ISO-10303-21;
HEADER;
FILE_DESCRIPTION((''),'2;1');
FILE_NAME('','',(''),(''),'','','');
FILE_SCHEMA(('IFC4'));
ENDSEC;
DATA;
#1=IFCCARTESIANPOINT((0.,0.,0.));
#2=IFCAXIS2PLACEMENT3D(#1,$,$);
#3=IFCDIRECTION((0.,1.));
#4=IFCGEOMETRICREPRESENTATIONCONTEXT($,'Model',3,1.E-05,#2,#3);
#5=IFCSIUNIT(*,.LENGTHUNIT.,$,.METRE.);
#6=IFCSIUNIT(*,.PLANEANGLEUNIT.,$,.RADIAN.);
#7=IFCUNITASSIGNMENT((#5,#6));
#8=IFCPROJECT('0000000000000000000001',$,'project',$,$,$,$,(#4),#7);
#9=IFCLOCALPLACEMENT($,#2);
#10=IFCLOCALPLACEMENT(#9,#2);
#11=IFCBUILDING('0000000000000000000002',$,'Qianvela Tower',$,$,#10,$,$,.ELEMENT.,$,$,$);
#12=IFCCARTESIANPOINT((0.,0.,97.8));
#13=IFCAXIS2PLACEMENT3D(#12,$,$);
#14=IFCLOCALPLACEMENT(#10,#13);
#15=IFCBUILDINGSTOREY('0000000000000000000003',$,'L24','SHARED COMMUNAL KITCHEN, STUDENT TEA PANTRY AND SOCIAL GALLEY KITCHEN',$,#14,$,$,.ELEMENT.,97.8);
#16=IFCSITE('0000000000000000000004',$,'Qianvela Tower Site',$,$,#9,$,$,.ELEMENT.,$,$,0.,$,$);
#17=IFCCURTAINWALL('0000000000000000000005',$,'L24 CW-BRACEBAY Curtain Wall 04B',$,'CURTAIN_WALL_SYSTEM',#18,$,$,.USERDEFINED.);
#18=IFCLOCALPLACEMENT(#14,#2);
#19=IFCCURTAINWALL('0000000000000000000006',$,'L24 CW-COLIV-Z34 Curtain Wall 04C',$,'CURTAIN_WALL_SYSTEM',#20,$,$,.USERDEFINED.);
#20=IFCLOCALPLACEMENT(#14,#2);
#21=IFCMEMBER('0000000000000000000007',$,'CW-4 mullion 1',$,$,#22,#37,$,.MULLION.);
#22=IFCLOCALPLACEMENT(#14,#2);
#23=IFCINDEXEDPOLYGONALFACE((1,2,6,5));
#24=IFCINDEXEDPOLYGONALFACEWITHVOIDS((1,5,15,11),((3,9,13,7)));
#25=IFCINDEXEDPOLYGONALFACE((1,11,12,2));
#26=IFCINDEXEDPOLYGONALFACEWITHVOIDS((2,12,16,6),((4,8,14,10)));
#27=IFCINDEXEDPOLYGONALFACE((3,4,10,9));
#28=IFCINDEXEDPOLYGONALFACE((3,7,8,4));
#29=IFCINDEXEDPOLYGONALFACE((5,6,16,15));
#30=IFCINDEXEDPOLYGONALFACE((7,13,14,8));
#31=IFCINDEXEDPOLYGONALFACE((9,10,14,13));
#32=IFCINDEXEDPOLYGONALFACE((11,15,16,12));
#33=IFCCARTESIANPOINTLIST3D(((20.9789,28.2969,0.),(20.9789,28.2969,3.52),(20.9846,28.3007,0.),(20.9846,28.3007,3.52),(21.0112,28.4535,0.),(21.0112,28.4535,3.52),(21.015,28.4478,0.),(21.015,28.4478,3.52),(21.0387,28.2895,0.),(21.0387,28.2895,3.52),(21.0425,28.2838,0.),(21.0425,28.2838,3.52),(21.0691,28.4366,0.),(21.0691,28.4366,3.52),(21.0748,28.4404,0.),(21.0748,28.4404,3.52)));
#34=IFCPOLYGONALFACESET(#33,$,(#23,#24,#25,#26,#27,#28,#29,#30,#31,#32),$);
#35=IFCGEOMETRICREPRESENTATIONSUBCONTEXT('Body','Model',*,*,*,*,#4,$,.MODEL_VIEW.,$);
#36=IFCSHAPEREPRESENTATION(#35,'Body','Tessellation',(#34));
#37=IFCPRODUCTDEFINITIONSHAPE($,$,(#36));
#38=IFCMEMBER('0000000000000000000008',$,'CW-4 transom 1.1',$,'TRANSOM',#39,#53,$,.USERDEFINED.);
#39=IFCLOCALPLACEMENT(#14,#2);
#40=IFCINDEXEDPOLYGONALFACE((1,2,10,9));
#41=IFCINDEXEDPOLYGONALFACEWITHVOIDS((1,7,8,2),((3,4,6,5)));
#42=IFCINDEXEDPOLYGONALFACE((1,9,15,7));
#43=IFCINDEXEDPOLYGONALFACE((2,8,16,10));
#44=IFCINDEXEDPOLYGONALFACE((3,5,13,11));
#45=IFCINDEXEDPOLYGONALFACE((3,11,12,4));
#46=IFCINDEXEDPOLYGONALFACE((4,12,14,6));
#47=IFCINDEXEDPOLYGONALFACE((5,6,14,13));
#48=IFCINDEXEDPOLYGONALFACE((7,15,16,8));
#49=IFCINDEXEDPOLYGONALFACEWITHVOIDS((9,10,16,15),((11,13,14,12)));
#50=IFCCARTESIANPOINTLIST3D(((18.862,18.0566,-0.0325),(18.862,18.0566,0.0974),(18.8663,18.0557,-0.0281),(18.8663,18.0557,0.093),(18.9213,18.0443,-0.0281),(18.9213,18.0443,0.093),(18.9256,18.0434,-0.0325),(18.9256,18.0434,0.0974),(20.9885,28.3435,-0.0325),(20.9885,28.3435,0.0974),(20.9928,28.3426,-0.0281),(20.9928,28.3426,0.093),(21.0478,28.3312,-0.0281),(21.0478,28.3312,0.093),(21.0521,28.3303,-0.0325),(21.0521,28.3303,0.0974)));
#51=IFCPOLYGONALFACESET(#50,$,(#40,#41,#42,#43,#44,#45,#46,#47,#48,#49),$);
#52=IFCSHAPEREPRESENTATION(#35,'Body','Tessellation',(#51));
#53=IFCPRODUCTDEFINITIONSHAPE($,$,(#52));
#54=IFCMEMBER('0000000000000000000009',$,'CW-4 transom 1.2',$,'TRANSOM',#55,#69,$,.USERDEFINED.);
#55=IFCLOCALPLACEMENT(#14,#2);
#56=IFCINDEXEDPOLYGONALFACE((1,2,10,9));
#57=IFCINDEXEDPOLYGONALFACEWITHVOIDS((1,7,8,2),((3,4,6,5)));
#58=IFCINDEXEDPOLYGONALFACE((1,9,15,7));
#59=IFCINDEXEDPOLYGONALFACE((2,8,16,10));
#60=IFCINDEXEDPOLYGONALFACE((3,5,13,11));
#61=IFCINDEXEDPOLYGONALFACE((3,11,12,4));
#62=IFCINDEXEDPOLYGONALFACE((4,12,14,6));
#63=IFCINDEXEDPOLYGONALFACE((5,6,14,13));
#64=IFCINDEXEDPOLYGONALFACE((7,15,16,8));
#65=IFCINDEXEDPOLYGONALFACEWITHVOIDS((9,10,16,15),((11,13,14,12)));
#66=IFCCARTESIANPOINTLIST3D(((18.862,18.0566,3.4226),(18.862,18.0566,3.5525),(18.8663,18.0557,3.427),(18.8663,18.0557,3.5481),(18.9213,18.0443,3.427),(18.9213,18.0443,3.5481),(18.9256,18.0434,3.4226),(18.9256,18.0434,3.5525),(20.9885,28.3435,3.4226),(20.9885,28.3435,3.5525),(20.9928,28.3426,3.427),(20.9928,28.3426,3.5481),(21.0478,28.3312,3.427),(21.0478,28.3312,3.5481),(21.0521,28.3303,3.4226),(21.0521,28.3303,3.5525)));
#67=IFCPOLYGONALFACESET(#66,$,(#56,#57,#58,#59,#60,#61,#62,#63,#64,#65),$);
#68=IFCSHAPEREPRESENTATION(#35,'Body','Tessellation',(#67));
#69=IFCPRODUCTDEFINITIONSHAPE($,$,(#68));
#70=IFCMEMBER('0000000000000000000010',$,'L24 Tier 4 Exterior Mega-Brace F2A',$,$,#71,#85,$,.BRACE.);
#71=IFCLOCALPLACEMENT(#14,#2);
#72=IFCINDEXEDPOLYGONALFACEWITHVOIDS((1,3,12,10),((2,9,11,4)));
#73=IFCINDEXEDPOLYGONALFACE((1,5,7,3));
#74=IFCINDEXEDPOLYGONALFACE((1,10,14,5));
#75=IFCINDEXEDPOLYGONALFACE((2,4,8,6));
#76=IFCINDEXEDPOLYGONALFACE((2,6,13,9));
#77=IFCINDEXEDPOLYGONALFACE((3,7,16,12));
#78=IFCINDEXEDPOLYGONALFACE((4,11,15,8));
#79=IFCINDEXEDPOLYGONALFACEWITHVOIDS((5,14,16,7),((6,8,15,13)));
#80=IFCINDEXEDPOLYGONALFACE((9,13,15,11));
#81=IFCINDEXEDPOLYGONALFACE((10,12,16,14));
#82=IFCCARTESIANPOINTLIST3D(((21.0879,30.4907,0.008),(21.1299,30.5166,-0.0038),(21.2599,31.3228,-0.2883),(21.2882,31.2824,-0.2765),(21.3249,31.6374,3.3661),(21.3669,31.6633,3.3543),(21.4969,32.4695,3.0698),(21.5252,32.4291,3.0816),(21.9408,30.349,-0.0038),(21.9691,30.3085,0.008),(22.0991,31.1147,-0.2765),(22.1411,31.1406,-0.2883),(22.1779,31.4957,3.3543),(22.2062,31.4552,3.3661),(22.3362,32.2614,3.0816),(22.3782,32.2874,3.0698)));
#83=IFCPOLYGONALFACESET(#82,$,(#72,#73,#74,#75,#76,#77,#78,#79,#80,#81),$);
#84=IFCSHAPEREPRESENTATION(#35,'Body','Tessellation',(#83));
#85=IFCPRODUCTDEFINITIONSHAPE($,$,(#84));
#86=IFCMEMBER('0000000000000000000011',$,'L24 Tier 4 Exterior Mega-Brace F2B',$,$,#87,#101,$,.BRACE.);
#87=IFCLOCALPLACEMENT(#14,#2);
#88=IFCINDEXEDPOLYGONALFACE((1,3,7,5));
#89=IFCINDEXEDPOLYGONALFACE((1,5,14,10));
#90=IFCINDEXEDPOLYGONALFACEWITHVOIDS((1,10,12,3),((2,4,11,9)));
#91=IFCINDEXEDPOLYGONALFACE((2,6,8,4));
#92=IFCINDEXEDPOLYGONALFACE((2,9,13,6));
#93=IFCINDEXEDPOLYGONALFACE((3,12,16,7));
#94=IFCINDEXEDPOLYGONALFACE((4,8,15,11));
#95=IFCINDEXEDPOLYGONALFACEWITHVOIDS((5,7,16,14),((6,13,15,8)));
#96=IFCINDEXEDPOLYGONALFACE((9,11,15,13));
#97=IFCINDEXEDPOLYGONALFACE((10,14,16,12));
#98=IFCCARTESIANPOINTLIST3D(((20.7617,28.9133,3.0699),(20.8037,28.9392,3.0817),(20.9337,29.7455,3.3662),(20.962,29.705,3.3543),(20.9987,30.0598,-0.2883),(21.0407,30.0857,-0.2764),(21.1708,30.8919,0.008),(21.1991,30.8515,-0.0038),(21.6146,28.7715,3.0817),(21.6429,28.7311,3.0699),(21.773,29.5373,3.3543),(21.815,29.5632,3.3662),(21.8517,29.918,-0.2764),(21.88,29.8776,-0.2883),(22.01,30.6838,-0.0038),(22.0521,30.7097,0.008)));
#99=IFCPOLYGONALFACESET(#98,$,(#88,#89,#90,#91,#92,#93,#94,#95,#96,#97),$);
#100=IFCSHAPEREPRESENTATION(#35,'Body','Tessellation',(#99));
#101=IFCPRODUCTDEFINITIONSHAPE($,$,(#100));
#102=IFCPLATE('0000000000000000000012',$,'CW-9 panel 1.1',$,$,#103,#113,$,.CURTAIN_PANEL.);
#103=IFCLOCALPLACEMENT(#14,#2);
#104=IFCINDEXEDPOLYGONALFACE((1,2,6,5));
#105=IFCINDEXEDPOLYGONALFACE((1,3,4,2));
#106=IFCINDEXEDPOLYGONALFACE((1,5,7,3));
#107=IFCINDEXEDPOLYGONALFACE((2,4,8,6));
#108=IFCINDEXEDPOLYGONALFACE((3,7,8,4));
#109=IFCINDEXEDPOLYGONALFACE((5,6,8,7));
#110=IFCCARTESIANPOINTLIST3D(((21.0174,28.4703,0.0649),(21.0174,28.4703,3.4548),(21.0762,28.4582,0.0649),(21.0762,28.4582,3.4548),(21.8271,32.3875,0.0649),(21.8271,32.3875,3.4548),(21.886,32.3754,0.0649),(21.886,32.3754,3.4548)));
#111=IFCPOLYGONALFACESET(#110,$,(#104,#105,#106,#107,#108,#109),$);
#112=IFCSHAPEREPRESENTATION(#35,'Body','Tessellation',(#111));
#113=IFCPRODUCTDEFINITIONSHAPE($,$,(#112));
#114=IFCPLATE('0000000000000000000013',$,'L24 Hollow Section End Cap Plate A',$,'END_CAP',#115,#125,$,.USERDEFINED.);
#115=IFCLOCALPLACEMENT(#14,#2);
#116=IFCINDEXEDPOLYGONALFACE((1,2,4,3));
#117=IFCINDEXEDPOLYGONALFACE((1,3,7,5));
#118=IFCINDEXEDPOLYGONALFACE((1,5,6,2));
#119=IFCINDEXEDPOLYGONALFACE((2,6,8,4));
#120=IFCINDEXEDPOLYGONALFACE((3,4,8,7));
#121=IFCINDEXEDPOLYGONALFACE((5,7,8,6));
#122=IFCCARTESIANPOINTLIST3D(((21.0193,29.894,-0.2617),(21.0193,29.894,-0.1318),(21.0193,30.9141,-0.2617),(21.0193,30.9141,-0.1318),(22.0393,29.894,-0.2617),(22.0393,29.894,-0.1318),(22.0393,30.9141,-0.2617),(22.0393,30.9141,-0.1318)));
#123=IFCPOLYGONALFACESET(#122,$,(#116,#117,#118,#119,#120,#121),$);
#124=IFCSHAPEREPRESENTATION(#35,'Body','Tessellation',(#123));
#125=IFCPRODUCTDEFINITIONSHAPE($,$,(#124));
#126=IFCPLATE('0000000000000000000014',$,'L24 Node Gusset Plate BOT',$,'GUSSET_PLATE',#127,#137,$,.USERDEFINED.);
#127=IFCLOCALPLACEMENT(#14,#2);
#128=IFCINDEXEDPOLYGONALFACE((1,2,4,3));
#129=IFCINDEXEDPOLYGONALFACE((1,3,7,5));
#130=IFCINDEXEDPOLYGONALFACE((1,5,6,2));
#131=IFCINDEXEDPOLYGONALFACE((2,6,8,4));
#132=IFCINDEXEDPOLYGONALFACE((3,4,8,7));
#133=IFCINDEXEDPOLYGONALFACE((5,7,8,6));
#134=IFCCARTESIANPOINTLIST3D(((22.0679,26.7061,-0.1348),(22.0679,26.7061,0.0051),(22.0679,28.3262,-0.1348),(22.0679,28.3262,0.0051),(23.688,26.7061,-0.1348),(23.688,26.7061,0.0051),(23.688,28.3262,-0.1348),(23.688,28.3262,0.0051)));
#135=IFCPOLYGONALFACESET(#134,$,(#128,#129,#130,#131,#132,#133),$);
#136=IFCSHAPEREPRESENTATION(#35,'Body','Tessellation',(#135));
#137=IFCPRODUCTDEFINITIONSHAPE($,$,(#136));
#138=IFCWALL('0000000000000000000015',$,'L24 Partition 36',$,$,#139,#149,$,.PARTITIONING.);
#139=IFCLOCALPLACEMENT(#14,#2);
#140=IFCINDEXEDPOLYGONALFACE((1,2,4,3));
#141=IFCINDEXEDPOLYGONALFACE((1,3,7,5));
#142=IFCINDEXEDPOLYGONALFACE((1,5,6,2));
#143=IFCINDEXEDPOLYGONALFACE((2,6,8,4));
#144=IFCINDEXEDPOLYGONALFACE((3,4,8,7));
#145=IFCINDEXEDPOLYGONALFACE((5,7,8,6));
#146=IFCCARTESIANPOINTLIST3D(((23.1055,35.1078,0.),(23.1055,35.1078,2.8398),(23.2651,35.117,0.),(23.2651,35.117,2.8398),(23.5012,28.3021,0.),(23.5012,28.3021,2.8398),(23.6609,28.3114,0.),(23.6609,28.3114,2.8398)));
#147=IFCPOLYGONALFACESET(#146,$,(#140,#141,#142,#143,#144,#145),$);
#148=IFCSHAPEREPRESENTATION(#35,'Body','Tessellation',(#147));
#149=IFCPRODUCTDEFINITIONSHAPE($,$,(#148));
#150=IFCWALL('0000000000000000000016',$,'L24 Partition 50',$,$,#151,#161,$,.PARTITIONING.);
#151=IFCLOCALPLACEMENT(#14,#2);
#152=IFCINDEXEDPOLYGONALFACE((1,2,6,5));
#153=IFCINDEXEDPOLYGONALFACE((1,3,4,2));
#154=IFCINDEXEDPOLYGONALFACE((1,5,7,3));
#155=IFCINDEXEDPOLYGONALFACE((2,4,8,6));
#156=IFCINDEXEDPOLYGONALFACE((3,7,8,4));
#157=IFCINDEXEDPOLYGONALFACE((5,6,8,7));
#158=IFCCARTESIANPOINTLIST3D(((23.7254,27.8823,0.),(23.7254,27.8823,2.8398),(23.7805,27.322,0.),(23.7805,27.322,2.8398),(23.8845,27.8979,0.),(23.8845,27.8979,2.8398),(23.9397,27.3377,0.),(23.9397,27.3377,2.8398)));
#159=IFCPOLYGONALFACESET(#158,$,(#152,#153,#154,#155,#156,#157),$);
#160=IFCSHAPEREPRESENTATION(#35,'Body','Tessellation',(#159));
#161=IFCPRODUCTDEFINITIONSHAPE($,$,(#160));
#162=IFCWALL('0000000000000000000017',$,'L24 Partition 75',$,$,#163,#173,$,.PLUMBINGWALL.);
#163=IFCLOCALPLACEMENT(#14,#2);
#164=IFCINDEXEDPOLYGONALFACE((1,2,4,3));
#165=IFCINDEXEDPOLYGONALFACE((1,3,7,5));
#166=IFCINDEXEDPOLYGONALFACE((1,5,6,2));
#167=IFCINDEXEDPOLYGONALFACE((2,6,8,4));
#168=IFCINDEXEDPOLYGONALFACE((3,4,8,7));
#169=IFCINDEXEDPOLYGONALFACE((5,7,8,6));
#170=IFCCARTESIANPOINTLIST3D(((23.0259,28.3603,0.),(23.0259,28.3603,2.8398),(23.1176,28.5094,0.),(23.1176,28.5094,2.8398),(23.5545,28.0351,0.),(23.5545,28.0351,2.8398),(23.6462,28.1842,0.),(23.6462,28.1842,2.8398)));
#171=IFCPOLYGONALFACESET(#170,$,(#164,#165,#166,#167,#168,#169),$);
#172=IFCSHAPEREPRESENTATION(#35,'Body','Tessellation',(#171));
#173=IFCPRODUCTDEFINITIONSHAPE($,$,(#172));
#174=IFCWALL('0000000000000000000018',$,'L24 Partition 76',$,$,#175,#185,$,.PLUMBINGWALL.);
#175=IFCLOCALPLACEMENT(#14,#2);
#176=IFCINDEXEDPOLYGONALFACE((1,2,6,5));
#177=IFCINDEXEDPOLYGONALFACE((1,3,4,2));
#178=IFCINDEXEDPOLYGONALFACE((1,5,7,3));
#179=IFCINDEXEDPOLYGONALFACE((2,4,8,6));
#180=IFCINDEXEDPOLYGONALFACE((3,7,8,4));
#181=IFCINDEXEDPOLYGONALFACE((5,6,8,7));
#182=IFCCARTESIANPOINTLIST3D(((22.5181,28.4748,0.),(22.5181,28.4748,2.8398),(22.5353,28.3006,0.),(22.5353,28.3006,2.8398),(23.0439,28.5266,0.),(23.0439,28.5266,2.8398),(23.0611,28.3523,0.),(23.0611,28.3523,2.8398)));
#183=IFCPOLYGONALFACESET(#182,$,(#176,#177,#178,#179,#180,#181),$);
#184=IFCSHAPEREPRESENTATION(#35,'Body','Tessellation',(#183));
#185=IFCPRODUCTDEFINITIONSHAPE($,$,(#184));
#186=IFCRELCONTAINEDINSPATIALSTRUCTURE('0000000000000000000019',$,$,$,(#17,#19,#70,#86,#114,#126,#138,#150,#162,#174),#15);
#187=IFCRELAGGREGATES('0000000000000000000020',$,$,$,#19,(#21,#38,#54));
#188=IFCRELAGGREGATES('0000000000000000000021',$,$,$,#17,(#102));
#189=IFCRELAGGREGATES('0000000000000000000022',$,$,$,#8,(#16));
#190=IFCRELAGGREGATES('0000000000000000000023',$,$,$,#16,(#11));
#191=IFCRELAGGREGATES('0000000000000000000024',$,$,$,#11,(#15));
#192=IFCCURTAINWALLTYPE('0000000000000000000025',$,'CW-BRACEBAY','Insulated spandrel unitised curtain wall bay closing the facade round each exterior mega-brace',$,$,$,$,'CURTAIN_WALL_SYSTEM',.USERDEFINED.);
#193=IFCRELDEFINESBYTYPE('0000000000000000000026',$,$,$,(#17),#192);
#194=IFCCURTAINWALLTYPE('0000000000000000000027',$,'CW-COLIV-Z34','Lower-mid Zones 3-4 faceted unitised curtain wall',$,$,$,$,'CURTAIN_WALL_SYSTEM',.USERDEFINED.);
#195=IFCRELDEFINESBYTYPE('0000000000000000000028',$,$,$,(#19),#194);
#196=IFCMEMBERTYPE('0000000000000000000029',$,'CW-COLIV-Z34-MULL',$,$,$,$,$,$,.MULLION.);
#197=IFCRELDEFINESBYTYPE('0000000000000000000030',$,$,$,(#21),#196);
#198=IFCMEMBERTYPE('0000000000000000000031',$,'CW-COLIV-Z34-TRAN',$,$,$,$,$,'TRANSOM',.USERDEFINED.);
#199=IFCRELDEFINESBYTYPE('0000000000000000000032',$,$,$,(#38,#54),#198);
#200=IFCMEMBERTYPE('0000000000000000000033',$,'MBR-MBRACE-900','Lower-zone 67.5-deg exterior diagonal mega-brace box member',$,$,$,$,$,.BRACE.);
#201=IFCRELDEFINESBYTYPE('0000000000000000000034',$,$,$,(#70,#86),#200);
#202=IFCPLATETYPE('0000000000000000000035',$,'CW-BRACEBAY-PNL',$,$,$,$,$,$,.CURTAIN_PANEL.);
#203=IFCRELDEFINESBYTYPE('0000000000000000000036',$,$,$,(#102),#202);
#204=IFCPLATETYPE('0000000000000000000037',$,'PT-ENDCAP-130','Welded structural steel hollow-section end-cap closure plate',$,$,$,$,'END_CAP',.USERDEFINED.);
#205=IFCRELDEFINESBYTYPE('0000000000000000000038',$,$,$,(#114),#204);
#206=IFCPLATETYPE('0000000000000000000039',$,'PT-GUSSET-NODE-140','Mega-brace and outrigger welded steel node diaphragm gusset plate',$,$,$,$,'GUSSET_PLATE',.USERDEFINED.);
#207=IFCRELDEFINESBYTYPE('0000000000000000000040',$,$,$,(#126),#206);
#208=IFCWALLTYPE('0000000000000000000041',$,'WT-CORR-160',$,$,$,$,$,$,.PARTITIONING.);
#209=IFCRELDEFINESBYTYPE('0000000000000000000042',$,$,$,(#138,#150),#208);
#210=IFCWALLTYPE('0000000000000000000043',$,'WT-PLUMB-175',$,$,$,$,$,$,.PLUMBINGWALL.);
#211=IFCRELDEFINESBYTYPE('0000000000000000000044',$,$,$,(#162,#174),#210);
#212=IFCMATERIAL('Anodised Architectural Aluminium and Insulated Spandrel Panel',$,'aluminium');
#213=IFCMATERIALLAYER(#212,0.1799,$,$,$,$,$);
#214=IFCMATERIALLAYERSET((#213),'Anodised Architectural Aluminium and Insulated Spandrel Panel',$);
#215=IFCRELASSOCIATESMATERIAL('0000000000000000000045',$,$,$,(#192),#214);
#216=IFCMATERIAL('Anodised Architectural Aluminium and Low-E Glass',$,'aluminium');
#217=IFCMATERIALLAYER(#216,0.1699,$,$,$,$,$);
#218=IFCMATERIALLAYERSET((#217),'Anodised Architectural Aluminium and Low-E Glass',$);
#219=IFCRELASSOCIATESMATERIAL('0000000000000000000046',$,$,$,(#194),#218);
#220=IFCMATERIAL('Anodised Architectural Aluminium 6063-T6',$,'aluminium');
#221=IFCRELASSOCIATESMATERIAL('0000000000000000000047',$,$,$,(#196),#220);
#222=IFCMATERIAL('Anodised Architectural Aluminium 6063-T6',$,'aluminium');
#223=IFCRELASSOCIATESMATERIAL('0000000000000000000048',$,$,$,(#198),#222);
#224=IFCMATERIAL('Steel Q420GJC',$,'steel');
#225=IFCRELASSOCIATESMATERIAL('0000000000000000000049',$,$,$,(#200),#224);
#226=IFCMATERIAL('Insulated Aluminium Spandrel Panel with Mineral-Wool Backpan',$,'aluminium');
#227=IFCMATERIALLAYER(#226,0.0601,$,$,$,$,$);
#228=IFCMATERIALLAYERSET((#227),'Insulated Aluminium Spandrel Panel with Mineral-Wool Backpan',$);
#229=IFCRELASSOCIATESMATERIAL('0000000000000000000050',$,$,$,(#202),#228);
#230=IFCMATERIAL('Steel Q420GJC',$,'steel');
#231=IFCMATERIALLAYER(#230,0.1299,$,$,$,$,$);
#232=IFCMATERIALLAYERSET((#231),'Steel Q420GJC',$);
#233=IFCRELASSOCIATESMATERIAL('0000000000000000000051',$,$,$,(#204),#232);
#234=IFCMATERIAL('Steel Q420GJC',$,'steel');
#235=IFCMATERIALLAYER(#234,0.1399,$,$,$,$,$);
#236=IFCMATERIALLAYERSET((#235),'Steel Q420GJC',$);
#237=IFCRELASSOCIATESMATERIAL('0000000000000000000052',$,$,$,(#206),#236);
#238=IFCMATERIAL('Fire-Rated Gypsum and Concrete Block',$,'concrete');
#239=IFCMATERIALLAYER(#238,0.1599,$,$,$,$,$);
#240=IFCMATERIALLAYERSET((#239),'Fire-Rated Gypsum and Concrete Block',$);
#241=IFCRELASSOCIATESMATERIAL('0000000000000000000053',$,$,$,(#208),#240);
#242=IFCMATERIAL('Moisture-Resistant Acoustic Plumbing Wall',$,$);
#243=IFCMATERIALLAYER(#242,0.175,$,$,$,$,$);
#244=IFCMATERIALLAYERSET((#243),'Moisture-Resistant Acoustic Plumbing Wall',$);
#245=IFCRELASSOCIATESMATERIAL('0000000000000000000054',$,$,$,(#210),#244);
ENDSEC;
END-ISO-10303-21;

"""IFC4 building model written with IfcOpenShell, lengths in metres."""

from ifc_helpers import new_model, si_unit, direction, frame, frame_2d, origin, origin_2d, place, context, subcontext, project, spatial, rectangle, hollow_rectangle, extrude, material, layer, layer_set, material_profile, profile_set, type_object, element, aggregate, save


model = new_model("IFC4")

# Units and contexts
model_context = context("Model", 3, precision=1e-05, world=origin(), true_north=direction((0.0, 1.0)))
body_context = subcontext(model_context, "Body", "Model", "MODEL_VIEW")
ifc_project = project(units=[si_unit("LENGTHUNIT", "METRE"), si_unit("PLANEANGLEUNIT", "RADIAN")], contexts=[model_context])

# Site, building, storey
site_placement = place(None, origin())
site = spatial("IfcSite", under=ifc_project, at=site_placement, Name="Qianvela Tower Site", CompositionType="ELEMENT", RefElevation=0.0)
building_placement = place(site_placement, origin())
building = spatial("IfcBuilding", under=site, at=building_placement, Name="Qianvela Tower", CompositionType="ELEMENT")
storey_placement = place(building_placement, frame((0.0, 0.0, 97.8)))
storey = spatial("IfcBuildingStorey", under=building, at=storey_placement, Name="L24", Description="SHARED COMMUNAL KITCHEN, STUDENT TEA PANTRY AND SOCIAL GALLEY KITCHEN", CompositionType="ELEMENT", Elevation=97.8)

# Curtain walls, members
ifc_material_1 = material(Name="Anodised Architectural Aluminium and Insulated Spandrel Panel", Category="aluminium")
ifc_layer_1 = layer(ifc_material_1, 0.1799)
ifc_layer_set_1 = layer_set([ifc_layer_1], Name="Anodised Architectural Aluminium and Insulated Spandrel Panel")
curtain_wall_type_1 = type_object("IfcCurtainWallType", Name="CW-BRACEBAY", Description="Insulated spandrel unitised curtain wall bay closing the facade round each exterior mega-brace", ElementType="CURTAIN_WALL_SYSTEM", PredefinedType="USERDEFINED", material=ifc_layer_set_1)
curtain_wall_1_placement = place(storey_placement, origin())
curtain_wall_1 = element("IfcCurtainWall", 1, at=curtain_wall_1_placement, inside=storey, type_object=curtain_wall_type_1, Name="L24 CW-BRACEBAY Curtain Wall 04B", ObjectType="CURTAIN_WALL_SYSTEM", PredefinedType="USERDEFINED")
ifc_material_2 = material(Name="Anodised Architectural Aluminium and Low-E Glass", Category="aluminium")
ifc_layer_2 = layer(ifc_material_2, 0.1699)
ifc_layer_set_2 = layer_set([ifc_layer_2], Name="Anodised Architectural Aluminium and Low-E Glass")
curtain_wall_type_2 = type_object("IfcCurtainWallType", Name="CW-COLIV-Z34", Description="Lower-mid Zones 3-4 faceted unitised curtain wall", ElementType="CURTAIN_WALL_SYSTEM", PredefinedType="USERDEFINED", material=ifc_layer_set_2)
curtain_wall_2_placement = place(storey_placement, origin())
curtain_wall_2 = element("IfcCurtainWall", 2, at=curtain_wall_2_placement, inside=storey, type_object=curtain_wall_type_2, Name="L24 CW-COLIV-Z34 Curtain Wall 04C", ObjectType="CURTAIN_WALL_SYSTEM", PredefinedType="USERDEFINED")
ifc_material_3 = material(Name="Anodised Architectural Aluminium 6063-T6", Category="aluminium")
ifc_material_profile_1 = material_profile(ifc_material_3, hollow_rectangle(XDim=0.0649, YDim=0.1599, WallThickness=0.0049, at=origin_2d()), Name="ALU-MULL-65x160")
ifc_profile_set_1 = profile_set([ifc_material_profile_1], Name="Anodised Architectural Aluminium 6063-T6")
member_type_1 = type_object("IfcMemberType", Name="CW-COLIV-Z34-MULL", PredefinedType="MULLION", material=ifc_profile_set_1)
member_1_placement = place(storey_placement, frame((21.0269, 28.3687, 0.0), z_axis=(0.0, 0.0, 1.0), x_axis=(0.979293, -0.202447, 0.0)))
member_1 = element("IfcMember", 3, at=member_1_placement, type_object=member_type_1, Name="CW-4 mullion 1", PredefinedType="MULLION", context=body_context, shape_type="SweptSolid", body=[
    extrude(hollow_rectangle(XDim=0.0649, YDim=0.1599, WallThickness=0.0049, at=origin_2d()), origin(), (0.0, 0.0, 1.0), 3.52),
])
ifc_material_4 = material(Name="Anodised Architectural Aluminium 6063-T6", Category="aluminium")
ifc_material_profile_2 = material_profile(ifc_material_4, hollow_rectangle(XDim=0.0649, YDim=0.1299, WallThickness=0.0044, at=origin_2d()), Name="ALU-TRAN-65x130")
ifc_profile_set_2 = profile_set([ifc_material_profile_2], Name="Anodised Architectural Aluminium 6063-T6")
member_type_2 = type_object("IfcMemberType", Name="CW-COLIV-Z34-TRAN", ElementType="TRANSOM", PredefinedType="USERDEFINED", material=ifc_profile_set_2)
member_2_placement = place(storey_placement, frame((21.0203, 28.3369, 0.0325), z_axis=(-0.202437, -0.979295, 0.0), x_axis=(0.979295, -0.202437, 0.0)))
member_2 = element("IfcMember", 4, at=member_2_placement, type_object=member_type_2, Name="CW-4 transom 1.1", ObjectType="TRANSOM", PredefinedType="USERDEFINED", context=body_context, shape_type="SweptSolid", body=[
    extrude(hollow_rectangle(XDim=0.0649, YDim=0.1299, WallThickness=0.0044, at=origin_2d()), origin(), (0.0, 0.0, 1.0), 10.5044),
])
member_3_placement = place(storey_placement, frame((21.0203, 28.3369, 3.4875), z_axis=(-0.202437, -0.979295, 0.0), x_axis=(0.979295, -0.202437, 0.0)))
member_3 = element("IfcMember", 5, at=member_3_placement, type_object=member_type_2, Name="CW-4 transom 1.2", ObjectType="TRANSOM", PredefinedType="USERDEFINED", context=body_context, shape_type="SweptSolid", body=[
    extrude(hollow_rectangle(XDim=0.0649, YDim=0.1299, WallThickness=0.0044, at=origin_2d()), origin(), (0.0, 0.0, 1.0), 10.5044),
])
aggregate(curtain_wall_2, [member_1, member_2, member_3])

# Members
ifc_material_5 = material(Name="Steel Q420GJC", Category="steel")
ifc_material_profile_3 = material_profile(ifc_material_5, hollow_rectangle(XDim=0.8999, YDim=0.8999, WallThickness=0.0359, at=origin_2d()), Name="MBOX-900x900x36")
ifc_profile_set_3 = profile_set([ifc_material_profile_3], Name="Steel Q420GJC")
member_type_3 = type_object("IfcMemberType", Name="MBR-MBRACE-900", Description="Lower-zone 67.5-deg exterior diagonal mega-brace box member", PredefinedType="BRACE", material=ifc_profile_set_3)
for number, where, z_axis, x_axis, name in (
    (6, (21.6145, 30.8157, -0.1401), (0.066656, 0.322436, 0.944242), (-0.979293, 0.202447, 0.0), "L24 Tier 4 Exterior Mega-Brace F2A"),
    (7, (21.5254, 30.3848, -0.1401), (-0.066658, -0.322374, 0.944262), (0.979285, -0.202488, 0.0), "L24 Tier 4 Exterior Mega-Brace F2B"),
):
    element("IfcMember", number, at=place(storey_placement, frame(where, z_axis=z_axis, x_axis=x_axis)), inside=storey, type_object=member_type_3, Name=name, PredefinedType="BRACE", context=body_context, shape_type="SweptSolid", body=[
        extrude(hollow_rectangle(XDim=0.8999, YDim=0.8999, WallThickness=0.0359, at=origin_2d()), origin(), (0.0, 0.0, 1.0), 3.5564),
    ])

# Plate
ifc_material_6 = material(Name="Insulated Aluminium Spandrel Panel with Mineral-Wool Backpan", Category="aluminium")
ifc_layer_3 = layer(ifc_material_6, 0.0601)
ifc_layer_set_3 = layer_set([ifc_layer_3], Name="Insulated Aluminium Spandrel Panel with Mineral-Wool Backpan")
plate_type_1 = type_object("IfcPlateType", Name="CW-BRACEBAY-PNL", PredefinedType="CURTAIN_PANEL", material=ifc_layer_set_3)
plate_1_placement = place(storey_placement, frame((21.4517, 30.4229, 0.0649), z_axis=(0.0, 0.0, 1.0), x_axis=(-0.202445, -0.979294, 0.0)))
plate_1 = element("IfcPlate", 8, at=plate_1_placement, type_object=plate_type_1, Name="CW-9 panel 1.1", PredefinedType="CURTAIN_PANEL", context=body_context, shape_type="SweptSolid", body=[
    extrude(rectangle(XDim=4.0, YDim=0.0601, at=origin_2d()), origin(), (0.0, 0.0, 1.0), 3.3899),
])
aggregate(curtain_wall_1, [plate_1])

# Plates
ifc_material_7 = material(Name="Steel Q420GJC", Category="steel")
ifc_layer_4 = layer(ifc_material_7, 0.1299)
ifc_layer_set_4 = layer_set([ifc_layer_4], Name="Steel Q420GJC")
plate_type_2 = type_object("IfcPlateType", Name="PT-ENDCAP-130", Description="Welded structural steel hollow-section end-cap closure plate", ElementType="END_CAP", PredefinedType="USERDEFINED", material=ifc_layer_set_4)
plate_2_placement = place(storey_placement, frame((21.5293, 30.4041, -0.2617), z_axis=(0.0, 0.0, 1.0), x_axis=(1.0, 0.0, 0.0)))
element("IfcPlate", 9, at=plate_2_placement, inside=storey, type_object=plate_type_2, Name="L24 Hollow Section End Cap Plate A", ObjectType="END_CAP", PredefinedType="USERDEFINED", context=body_context, shape_type="SweptSolid", body=[
    extrude(rectangle(XDim=1.02, YDim=1.02, at=origin_2d()), origin(), (0.0, 0.0, 1.0), 0.1299),
])
ifc_material_8 = material(Name="Steel Q420GJC", Category="steel")
ifc_layer_5 = layer(ifc_material_8, 0.1399)
ifc_layer_set_5 = layer_set([ifc_layer_5], Name="Steel Q420GJC")
plate_type_3 = type_object("IfcPlateType", Name="PT-GUSSET-NODE-140", Description="Mega-brace and outrigger welded steel node diaphragm gusset plate", ElementType="GUSSET_PLATE", PredefinedType="USERDEFINED", material=ifc_layer_set_5)
plate_3_placement = place(storey_placement, frame((22.8779, 27.5161, -0.1348), z_axis=(0.0, 0.0, 1.0), x_axis=(1.0, 0.0, 0.0)))
element("IfcPlate", 10, at=plate_3_placement, inside=storey, type_object=plate_type_3, Name="L24 Node Gusset Plate BOT", ObjectType="GUSSET_PLATE", PredefinedType="USERDEFINED", context=body_context, shape_type="SweptSolid", body=[
    extrude(rectangle(XDim=1.6201, YDim=1.6201, at=origin_2d()), origin(), (0.0, 0.0, 1.0), 0.1399),
])

# Walls
ifc_material_9 = material(Name="Fire-Rated Gypsum and Concrete Block", Category="concrete")
ifc_layer_6 = layer(ifc_material_9, 0.1599)
ifc_layer_set_6 = layer_set([ifc_layer_6], Name="Fire-Rated Gypsum and Concrete Block")
wall_type_1 = type_object("IfcWallType", Name="WT-CORR-160", PredefinedType="PARTITIONING", material=ifc_layer_set_6)
wall_1_placement = place(storey_placement, frame((23.5811, 28.3066, 0.0), z_axis=(0.0, 0.0, 1.0), x_axis=(-0.058052, 0.998314, 0.0)))
element("IfcWall", 11, at=wall_1_placement, inside=storey, type_object=wall_type_1, Name="L24 Partition 36", PredefinedType="PARTITIONING", context=body_context, shape_type="SweptSolid", body=[
    extrude(rectangle(XDim=6.8171, YDim=0.1599, at=frame_2d((3.4087, 0.0))), origin(), (0.0, 0.0, 1.0), 2.8398),
])
wall_2_placement = place(storey_placement, frame((23.8601, 27.3298, 0.0), z_axis=(0.0, 0.0, 1.0), x_axis=(-0.098001, 0.995186, 0.0)))
element("IfcWall", 12, at=wall_2_placement, inside=storey, type_object=wall_type_1, Name="L24 Partition 50", PredefinedType="PARTITIONING", context=body_context, shape_type="SweptSolid", body=[
    extrude(rectangle(XDim=0.563, YDim=0.1599, at=frame_2d((0.2815, 0.0))), origin(), (0.0, 0.0, 1.0), 2.8398),
])
ifc_material_10 = material(Name="Moisture-Resistant Acoustic Plumbing Wall")
ifc_layer_7 = layer(ifc_material_10, 0.175)
ifc_layer_set_7 = layer_set([ifc_layer_7], Name="Moisture-Resistant Acoustic Plumbing Wall")
wall_type_2 = type_object("IfcWallType", Name="WT-PLUMB-175", PredefinedType="PLUMBINGWALL", material=ifc_layer_set_7)
wall_3_placement = place(storey_placement, frame((23.6003, 28.1096, 0.0), z_axis=(0.0, 0.0, 1.0), x_axis=(-0.851712, 0.52401, 0.0)))
element("IfcWall", 13, at=wall_3_placement, inside=storey, type_object=wall_type_2, Name="L24 Partition 75", PredefinedType="PLUMBINGWALL", context=body_context, shape_type="SweptSolid", body=[
    extrude(rectangle(XDim=0.6206, YDim=0.175, at=frame_2d((0.3103, 0.0))), origin(), (0.0, 0.0, 1.0), 2.8398),
])
wall_4_placement = place(storey_placement, frame((23.0525, 28.4395, 0.0), z_axis=(0.0, 0.0, 1.0), x_axis=(-0.995192, -0.097948, 0.0)))
element("IfcWall", 14, at=wall_4_placement, inside=storey, type_object=wall_type_2, Name="L24 Partition 76", PredefinedType="PLUMBINGWALL", context=body_context, shape_type="SweptSolid", body=[
    extrude(rectangle(XDim=0.5283, YDim=0.175, at=frame_2d((0.2642, 0.0))), origin(), (0.0, 0.0, 1.0), 2.8398),
])

save(model, "model.ifc")
